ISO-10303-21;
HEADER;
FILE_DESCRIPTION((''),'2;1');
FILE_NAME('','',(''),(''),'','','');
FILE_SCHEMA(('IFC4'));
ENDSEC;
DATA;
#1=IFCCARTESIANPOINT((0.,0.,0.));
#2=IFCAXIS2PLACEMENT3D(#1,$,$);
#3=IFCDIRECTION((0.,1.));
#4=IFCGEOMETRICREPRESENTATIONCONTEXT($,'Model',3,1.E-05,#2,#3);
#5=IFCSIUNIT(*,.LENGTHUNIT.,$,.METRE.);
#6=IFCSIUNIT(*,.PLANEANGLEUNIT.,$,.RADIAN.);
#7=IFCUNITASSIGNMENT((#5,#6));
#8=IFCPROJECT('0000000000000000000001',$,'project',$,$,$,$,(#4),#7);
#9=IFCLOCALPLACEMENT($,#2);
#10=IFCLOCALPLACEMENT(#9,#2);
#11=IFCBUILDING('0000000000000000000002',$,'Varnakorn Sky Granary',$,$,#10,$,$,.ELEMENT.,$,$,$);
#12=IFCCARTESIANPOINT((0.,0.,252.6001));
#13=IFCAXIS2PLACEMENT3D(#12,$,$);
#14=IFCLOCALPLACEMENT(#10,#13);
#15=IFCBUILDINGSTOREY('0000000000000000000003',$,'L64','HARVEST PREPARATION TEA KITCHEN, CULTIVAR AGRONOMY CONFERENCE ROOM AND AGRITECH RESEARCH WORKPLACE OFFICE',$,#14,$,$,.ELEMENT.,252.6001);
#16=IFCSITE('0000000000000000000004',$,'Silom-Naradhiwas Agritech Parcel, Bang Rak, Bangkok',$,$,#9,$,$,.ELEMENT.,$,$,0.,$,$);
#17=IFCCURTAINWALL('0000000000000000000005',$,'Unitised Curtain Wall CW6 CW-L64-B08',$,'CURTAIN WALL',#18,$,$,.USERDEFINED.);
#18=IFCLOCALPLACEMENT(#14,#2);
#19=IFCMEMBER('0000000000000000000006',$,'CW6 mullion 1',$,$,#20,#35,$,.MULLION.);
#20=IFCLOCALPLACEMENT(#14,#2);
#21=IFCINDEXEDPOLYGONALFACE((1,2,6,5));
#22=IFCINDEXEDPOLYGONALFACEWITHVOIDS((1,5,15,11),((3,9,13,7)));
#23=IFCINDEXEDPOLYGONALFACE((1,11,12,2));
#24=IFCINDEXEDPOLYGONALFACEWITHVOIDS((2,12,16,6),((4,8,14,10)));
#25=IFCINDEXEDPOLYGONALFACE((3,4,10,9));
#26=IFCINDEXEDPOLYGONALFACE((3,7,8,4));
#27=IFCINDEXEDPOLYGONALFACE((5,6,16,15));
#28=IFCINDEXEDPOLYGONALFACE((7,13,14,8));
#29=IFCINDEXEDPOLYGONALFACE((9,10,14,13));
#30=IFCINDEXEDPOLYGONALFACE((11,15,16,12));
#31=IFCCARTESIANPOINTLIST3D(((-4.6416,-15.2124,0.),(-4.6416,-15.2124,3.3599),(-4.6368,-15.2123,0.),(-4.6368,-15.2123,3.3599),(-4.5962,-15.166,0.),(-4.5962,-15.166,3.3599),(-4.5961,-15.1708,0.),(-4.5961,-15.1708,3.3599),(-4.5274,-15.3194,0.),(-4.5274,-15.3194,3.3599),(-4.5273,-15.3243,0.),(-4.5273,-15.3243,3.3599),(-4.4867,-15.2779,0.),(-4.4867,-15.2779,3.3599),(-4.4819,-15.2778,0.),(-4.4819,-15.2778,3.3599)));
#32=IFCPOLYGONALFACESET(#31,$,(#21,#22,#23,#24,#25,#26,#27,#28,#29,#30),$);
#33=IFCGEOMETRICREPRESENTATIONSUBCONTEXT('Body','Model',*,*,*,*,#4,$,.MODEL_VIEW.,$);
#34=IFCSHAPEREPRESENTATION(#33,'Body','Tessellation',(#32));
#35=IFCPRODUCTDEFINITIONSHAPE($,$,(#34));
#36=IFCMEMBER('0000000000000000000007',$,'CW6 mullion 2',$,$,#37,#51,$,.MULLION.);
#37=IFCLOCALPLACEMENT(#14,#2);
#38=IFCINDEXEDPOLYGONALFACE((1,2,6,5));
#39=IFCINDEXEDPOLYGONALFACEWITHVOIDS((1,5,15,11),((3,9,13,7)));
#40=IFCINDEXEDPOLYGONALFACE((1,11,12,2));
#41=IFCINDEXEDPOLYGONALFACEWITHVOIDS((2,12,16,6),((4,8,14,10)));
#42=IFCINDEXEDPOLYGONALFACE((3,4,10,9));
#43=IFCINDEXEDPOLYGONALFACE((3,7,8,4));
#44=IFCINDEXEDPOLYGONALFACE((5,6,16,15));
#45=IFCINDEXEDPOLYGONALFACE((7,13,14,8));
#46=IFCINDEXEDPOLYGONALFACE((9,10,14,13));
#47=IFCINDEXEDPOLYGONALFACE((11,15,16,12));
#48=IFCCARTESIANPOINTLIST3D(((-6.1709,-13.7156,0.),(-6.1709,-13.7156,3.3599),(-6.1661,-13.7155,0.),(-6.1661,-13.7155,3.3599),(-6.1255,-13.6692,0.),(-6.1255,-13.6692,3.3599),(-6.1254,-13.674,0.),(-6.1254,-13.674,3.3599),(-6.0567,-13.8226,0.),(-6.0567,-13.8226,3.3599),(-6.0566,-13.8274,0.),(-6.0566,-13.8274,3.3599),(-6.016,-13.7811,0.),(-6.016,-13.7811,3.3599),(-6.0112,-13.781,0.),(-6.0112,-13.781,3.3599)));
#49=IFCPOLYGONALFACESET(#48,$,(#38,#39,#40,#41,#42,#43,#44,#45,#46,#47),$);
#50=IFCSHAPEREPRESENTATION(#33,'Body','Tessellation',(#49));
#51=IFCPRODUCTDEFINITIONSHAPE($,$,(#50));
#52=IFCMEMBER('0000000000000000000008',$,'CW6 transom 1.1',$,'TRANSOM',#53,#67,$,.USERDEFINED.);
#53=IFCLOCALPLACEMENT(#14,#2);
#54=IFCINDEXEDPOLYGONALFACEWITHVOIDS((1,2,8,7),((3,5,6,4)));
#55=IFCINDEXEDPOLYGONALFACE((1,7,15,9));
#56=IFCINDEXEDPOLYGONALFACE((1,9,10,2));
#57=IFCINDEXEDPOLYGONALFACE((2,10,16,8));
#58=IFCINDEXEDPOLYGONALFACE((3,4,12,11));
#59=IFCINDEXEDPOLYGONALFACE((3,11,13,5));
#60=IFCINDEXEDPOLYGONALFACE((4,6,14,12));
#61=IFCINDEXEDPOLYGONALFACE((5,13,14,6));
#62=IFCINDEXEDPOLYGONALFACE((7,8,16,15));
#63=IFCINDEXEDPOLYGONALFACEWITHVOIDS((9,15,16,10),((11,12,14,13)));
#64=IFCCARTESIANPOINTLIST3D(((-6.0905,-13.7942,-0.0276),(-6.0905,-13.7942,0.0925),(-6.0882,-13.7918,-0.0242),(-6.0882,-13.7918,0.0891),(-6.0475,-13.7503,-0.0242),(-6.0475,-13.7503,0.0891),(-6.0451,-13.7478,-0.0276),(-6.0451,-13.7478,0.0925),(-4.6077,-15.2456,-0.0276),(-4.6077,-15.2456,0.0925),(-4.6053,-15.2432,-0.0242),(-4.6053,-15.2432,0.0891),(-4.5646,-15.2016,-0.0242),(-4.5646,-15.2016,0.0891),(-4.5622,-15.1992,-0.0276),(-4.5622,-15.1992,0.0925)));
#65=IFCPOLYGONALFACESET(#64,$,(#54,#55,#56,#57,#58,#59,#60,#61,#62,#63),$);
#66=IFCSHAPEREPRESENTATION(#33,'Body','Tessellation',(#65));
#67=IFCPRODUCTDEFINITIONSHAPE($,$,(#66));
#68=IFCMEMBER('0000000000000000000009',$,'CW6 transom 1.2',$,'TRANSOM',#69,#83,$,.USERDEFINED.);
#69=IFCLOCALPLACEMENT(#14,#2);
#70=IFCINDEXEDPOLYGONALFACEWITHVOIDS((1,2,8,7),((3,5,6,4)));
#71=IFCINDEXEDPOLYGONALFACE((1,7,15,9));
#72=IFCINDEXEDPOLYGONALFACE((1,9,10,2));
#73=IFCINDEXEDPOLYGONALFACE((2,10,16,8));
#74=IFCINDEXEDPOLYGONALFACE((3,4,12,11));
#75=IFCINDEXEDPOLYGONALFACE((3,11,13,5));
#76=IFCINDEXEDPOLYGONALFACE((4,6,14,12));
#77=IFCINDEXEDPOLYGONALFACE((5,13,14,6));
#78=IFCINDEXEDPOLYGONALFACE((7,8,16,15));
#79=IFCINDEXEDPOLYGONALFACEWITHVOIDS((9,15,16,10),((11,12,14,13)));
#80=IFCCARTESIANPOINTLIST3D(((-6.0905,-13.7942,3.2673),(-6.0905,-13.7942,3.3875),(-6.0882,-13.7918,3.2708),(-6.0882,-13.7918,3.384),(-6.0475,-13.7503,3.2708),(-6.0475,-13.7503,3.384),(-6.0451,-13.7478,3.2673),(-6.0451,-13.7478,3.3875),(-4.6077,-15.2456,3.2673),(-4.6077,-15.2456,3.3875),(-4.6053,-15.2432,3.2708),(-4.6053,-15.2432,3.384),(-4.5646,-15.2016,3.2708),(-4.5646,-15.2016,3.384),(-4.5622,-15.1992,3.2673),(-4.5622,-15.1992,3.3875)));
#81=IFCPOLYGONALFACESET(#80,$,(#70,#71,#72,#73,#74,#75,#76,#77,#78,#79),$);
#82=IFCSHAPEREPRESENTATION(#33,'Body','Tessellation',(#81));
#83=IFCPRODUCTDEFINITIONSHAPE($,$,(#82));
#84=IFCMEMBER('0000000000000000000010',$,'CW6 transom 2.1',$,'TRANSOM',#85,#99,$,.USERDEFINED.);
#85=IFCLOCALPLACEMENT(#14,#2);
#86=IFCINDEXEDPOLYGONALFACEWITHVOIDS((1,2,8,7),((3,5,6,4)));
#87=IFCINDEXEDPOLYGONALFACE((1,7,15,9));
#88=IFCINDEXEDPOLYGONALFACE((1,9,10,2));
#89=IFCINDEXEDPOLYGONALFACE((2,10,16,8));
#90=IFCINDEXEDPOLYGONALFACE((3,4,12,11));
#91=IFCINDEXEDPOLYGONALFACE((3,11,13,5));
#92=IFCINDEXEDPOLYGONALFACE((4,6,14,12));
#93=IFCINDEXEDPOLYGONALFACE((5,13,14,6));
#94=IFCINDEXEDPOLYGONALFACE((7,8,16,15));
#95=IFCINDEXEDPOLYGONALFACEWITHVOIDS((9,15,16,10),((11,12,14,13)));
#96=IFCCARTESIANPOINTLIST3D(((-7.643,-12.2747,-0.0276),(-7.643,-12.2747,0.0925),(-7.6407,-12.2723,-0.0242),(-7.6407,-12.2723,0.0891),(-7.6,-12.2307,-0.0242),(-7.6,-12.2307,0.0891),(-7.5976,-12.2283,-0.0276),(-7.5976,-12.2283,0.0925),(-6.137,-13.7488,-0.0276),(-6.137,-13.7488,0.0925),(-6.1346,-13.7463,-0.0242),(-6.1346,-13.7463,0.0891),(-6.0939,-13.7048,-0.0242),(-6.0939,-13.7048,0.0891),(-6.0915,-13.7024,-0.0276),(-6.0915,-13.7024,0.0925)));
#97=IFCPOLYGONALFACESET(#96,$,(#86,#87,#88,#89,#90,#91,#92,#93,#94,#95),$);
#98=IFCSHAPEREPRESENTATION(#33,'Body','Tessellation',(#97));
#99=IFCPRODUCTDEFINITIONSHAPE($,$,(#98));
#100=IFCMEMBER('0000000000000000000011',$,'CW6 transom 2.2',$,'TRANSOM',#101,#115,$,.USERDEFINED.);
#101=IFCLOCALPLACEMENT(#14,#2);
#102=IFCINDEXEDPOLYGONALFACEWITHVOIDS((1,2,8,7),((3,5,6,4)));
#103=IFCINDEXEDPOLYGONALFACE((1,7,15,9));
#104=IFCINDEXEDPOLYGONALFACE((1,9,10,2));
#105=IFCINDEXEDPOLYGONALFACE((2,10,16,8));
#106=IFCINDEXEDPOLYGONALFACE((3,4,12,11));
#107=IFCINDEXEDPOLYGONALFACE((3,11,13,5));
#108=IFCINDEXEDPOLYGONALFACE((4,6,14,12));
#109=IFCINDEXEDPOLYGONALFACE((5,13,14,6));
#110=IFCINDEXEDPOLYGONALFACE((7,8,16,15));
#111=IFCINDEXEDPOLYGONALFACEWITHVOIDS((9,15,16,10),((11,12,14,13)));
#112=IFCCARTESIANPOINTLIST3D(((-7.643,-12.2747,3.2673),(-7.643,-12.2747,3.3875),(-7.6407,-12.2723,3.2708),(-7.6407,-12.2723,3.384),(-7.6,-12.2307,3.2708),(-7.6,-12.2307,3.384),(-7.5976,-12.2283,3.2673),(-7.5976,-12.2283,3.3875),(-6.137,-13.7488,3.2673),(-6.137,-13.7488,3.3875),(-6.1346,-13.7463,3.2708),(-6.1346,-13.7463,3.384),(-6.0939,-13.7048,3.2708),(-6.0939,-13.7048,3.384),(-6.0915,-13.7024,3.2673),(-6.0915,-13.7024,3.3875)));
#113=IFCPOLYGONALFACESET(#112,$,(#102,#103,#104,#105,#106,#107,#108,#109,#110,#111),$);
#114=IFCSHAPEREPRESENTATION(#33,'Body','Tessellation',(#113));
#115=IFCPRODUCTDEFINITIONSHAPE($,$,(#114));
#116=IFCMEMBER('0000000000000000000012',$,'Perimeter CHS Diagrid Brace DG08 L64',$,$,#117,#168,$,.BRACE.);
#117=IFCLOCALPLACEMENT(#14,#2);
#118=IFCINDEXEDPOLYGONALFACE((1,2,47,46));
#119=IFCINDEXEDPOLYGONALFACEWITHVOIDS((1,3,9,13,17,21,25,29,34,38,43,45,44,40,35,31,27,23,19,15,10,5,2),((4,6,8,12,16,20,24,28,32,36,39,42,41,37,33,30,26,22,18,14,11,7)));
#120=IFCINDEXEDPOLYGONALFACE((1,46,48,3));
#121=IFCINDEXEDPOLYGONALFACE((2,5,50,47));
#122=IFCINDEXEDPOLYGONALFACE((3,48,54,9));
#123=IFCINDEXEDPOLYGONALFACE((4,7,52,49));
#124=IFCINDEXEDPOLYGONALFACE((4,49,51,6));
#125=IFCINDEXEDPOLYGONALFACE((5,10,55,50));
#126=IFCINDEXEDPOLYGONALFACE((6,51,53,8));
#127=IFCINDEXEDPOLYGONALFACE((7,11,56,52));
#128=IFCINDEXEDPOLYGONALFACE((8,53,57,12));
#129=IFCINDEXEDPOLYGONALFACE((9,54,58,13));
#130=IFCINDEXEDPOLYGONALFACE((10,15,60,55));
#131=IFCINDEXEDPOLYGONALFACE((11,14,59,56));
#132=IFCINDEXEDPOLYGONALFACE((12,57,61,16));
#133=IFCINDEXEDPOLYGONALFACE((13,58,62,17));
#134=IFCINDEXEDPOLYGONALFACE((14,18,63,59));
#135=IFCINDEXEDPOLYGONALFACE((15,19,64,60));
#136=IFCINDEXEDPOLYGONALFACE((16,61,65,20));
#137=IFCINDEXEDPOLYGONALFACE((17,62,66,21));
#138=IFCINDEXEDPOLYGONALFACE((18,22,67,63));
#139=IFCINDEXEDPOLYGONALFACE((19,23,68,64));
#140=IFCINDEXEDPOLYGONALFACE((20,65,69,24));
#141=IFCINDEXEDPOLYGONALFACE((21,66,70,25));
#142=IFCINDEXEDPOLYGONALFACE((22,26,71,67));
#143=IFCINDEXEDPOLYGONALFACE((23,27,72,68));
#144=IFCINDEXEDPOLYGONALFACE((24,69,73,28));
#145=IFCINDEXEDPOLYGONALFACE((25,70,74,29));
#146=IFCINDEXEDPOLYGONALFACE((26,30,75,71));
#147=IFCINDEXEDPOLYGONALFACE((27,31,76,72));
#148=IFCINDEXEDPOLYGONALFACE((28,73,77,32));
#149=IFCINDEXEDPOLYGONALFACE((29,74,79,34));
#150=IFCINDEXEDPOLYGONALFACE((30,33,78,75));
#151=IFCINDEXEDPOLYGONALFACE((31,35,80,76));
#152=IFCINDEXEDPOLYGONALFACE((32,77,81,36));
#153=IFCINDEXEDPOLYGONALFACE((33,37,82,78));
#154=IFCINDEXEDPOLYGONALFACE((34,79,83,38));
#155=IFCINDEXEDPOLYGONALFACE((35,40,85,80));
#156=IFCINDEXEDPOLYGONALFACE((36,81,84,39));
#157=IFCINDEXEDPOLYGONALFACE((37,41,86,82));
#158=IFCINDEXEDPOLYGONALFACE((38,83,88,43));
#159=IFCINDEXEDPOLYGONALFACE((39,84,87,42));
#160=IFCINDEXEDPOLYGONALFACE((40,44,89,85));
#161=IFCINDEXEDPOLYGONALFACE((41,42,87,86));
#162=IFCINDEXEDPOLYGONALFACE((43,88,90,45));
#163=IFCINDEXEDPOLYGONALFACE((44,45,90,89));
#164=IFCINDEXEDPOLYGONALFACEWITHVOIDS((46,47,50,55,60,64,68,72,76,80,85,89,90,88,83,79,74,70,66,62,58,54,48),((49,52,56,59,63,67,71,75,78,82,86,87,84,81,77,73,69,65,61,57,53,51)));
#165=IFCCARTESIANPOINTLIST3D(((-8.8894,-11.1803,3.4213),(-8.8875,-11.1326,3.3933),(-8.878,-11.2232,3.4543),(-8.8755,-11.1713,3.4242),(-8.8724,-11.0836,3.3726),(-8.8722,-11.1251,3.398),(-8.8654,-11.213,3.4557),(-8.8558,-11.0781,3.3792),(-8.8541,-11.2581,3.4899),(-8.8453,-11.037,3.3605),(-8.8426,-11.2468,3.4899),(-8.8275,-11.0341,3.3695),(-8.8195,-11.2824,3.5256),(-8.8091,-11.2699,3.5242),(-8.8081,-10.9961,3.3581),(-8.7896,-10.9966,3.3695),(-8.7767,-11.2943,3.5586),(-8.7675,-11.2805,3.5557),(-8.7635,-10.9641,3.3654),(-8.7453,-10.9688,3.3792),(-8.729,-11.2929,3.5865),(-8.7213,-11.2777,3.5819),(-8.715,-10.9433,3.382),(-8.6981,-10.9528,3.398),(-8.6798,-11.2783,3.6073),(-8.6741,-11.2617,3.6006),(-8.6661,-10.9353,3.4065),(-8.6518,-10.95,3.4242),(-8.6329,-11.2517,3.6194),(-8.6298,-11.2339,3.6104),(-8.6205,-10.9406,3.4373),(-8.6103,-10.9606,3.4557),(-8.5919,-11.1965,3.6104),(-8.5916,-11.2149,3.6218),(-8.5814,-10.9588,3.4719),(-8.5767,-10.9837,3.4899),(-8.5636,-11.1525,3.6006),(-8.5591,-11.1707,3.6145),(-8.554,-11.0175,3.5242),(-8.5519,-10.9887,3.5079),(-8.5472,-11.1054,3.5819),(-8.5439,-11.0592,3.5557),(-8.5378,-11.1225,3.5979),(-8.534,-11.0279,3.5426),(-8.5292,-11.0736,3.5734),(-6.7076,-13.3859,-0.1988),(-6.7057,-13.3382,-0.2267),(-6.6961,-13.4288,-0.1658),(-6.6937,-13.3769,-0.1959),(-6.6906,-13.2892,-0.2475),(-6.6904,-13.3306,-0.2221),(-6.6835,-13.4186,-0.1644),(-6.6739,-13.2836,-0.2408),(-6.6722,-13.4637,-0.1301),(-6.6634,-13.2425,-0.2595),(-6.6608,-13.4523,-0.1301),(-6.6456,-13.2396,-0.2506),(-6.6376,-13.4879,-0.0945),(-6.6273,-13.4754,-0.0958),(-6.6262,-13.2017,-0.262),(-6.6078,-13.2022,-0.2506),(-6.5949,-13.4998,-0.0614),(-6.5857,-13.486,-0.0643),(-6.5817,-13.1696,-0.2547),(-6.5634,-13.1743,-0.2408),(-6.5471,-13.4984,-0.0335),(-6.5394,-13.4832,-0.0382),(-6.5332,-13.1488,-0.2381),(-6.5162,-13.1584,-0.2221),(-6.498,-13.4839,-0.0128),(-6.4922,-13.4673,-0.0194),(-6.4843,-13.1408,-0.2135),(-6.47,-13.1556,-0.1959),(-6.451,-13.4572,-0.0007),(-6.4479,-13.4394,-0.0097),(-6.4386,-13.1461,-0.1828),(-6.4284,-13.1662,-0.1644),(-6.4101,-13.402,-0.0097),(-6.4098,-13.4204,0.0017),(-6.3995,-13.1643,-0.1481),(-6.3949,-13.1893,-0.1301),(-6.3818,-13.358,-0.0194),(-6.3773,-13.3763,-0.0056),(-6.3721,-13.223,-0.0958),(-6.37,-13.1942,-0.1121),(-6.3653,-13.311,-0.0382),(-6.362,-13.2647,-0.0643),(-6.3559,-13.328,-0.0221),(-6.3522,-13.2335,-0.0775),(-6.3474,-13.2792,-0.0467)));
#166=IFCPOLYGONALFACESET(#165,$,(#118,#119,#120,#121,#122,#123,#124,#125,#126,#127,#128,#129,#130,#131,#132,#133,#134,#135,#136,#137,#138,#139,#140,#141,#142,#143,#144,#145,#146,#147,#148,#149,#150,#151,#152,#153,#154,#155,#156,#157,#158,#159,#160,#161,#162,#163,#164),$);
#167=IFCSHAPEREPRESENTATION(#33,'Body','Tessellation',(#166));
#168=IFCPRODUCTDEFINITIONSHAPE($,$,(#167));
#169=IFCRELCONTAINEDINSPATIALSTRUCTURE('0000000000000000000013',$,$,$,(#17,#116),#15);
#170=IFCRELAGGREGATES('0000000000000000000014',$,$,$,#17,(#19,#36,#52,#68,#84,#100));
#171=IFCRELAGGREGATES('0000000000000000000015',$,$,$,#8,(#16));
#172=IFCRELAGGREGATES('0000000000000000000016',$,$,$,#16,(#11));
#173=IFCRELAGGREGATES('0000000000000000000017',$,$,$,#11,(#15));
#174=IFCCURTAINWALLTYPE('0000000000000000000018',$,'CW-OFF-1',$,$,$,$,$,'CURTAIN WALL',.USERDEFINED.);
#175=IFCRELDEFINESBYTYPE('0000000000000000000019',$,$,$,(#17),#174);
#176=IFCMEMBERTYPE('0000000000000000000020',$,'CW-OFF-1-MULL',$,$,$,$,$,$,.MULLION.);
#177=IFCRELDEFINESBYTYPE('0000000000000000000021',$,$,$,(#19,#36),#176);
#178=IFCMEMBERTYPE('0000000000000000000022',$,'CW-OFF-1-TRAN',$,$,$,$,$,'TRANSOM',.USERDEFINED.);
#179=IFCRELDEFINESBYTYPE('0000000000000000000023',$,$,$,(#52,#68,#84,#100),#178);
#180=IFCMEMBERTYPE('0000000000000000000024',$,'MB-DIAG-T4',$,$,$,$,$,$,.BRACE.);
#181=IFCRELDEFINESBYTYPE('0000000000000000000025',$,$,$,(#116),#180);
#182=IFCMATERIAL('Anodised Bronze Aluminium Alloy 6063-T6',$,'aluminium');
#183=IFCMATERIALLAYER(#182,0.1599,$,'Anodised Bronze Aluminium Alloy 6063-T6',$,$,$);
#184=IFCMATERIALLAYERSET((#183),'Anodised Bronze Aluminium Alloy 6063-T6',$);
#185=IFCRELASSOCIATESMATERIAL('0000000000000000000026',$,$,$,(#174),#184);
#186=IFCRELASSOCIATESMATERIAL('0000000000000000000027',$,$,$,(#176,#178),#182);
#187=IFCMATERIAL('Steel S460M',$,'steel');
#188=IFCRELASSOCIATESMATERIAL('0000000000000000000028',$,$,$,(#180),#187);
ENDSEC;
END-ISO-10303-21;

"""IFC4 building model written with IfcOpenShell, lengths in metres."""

from ifc_helpers import new_model, si_unit, direction, frame, origin, origin_2d, place, context, subcontext, project, spatial, hollow_rectangle, hollow_circle, extrude, material, layer, layer_set, material_profile, profile_set, type_object, element, aggregate, save


model = new_model("IFC4")

# Units and contexts
model_context = context("Model", 3, precision=1e-05, world=origin(), true_north=direction((0.0, 1.0)))
body_context = subcontext(model_context, "Body", "Model", "MODEL_VIEW")
ifc_project = project(units=[si_unit("LENGTHUNIT", "METRE"), si_unit("PLANEANGLEUNIT", "RADIAN")], contexts=[model_context])

# Site, building, storey
site_placement = place(None, origin())
site = spatial("IfcSite", under=ifc_project, at=site_placement, Name="Silom-Naradhiwas Agritech Parcel, Bang Rak, Bangkok", CompositionType="ELEMENT", RefElevation=0.0)
building_placement = place(site_placement, origin())
building = spatial("IfcBuilding", under=site, at=building_placement, Name="Varnakorn Sky Granary", CompositionType="ELEMENT")
storey_placement = place(building_placement, frame((0.0, 0.0, 252.6001)))
storey = spatial("IfcBuildingStorey", under=building, at=storey_placement, Name="L64", Description="HARVEST PREPARATION TEA KITCHEN, CULTIVAR AGRONOMY CONFERENCE ROOM AND AGRITECH RESEARCH WORKPLACE OFFICE", CompositionType="ELEMENT", Elevation=252.6001)

# Shared definitions
ifc_material_1 = material(Name="Steel S460M", Category="steel")

# Curtain wall, members
ifc_material_2 = material(Name="Anodised Bronze Aluminium Alloy 6063-T6", Category="aluminium")
ifc_layer_1 = layer(ifc_material_2, 0.1599, Name="Anodised Bronze Aluminium Alloy 6063-T6")
ifc_layer_set_1 = layer_set([ifc_layer_1], Name="Anodised Bronze Aluminium Alloy 6063-T6")
curtain_wall_type = type_object("IfcCurtainWallType", Name="CW-OFF-1", ElementType="CURTAIN WALL", PredefinedType="USERDEFINED", material=ifc_layer_set_1)
curtain_wall_placement = place(storey_placement, origin())
curtain_wall = element("IfcCurtainWall", 1, at=curtain_wall_placement, inside=storey, type_object=curtain_wall_type, Name="Unitised Curtain Wall CW6 CW-L64-B08", ObjectType="CURTAIN WALL", PredefinedType="USERDEFINED")
ifc_material_profile_1 = material_profile(ifc_material_2, hollow_rectangle(XDim=0.0649, YDim=0.1599, WallThickness=0.0034, at=origin_2d()), Name="ALU MULL 65x160")
ifc_profile_set_1 = profile_set([ifc_material_profile_1], Name="Anodised Bronze Aluminium Alloy 6063-T6")
member_type_1 = type_object("IfcMemberType", Name="CW-OFF-1-MULL", PredefinedType="MULLION", material=ifc_profile_set_1)
member_1_placement = place(storey_placement, frame((-4.5618, -15.2451, 0.0), z_axis=(0.0, 0.0, 1.0), x_axis=(-0.699482, -0.71465, 0.0)))
member_1 = element("IfcMember", 2, at=member_1_placement, type_object=member_type_1, Name="CW6 mullion 1", PredefinedType="MULLION", context=body_context, shape_type="SweptSolid", body=[
    extrude(hollow_rectangle(XDim=0.0649, YDim=0.1599, WallThickness=0.0034, at=origin_2d()), origin(), (0.0, 0.0, 1.0), 3.3599),
])
member_2_placement = place(storey_placement, frame((-6.0911, -13.7483, 0.0), z_axis=(0.0, 0.0, 1.0), x_axis=(-0.699482, -0.71465, 0.0)))
member_2 = element("IfcMember", 3, at=member_2_placement, type_object=member_type_1, Name="CW6 mullion 2", PredefinedType="MULLION", context=body_context, shape_type="SweptSolid", body=[
    extrude(hollow_rectangle(XDim=0.0649, YDim=0.1599, WallThickness=0.0034, at=origin_2d()), origin(), (0.0, 0.0, 1.0), 3.3599),
])
ifc_material_profile_2 = material_profile(ifc_material_2, hollow_rectangle(XDim=0.0649, YDim=0.1201, WallThickness=0.0034, at=origin_2d()), Name="ALU TRAN 65x120")
ifc_profile_set_2 = profile_set([ifc_material_profile_2], Name="Anodised Bronze Aluminium Alloy 6063-T6")
member_type_2 = type_object("IfcMemberType", Name="CW-OFF-1-TRAN", ElementType="TRANSOM", PredefinedType="USERDEFINED", material=ifc_profile_set_2)
member_3_placement = place(storey_placement, frame((-4.585, -15.2224, 0.0325), z_axis=(-0.714655, 0.699477, 0.0), x_axis=(-0.699477, -0.714655, 0.0)))
member_3 = element("IfcMember", 4, at=member_3_placement, type_object=member_type_2, Name="CW6 transom 1.1", ObjectType="TRANSOM", PredefinedType="USERDEFINED", context=body_context, shape_type="SweptSolid", body=[
    extrude(hollow_rectangle(XDim=0.0649, YDim=0.1201, WallThickness=0.0034, at=origin_2d()), origin(), (0.0, 0.0, 1.0), 2.075),
])
member_4_placement = place(storey_placement, frame((-4.585, -15.2224, 3.3274), z_axis=(-0.714655, 0.699477, 0.0), x_axis=(-0.699477, -0.714655, 0.0)))
member_4 = element("IfcMember", 5, at=member_4_placement, type_object=member_type_2, Name="CW6 transom 1.2", ObjectType="TRANSOM", PredefinedType="USERDEFINED", context=body_context, shape_type="SweptSolid", body=[
    extrude(hollow_rectangle(XDim=0.0649, YDim=0.1201, WallThickness=0.0034, at=origin_2d()), origin(), (0.0, 0.0, 1.0), 2.075),
])
member_5_placement = place(storey_placement, frame((-6.1143, -13.7256, 0.0325), z_axis=(-0.714654, 0.699478, 0.0), x_axis=(-0.699478, -0.714654, 0.0)))
member_5 = element("IfcMember", 6, at=member_5_placement, type_object=member_type_2, Name="CW6 transom 2.1", ObjectType="TRANSOM", PredefinedType="USERDEFINED", context=body_context, shape_type="SweptSolid", body=[
    extrude(hollow_rectangle(XDim=0.0649, YDim=0.1201, WallThickness=0.0034, at=origin_2d()), origin(), (0.0, 0.0, 1.0), 2.1074),
])
member_6_placement = place(storey_placement, frame((-6.1143, -13.7256, 3.3274), z_axis=(-0.714654, 0.699478, 0.0), x_axis=(-0.699478, -0.714654, 0.0)))
member_6 = element("IfcMember", 7, at=member_6_placement, type_object=member_type_2, Name="CW6 transom 2.2", ObjectType="TRANSOM", PredefinedType="USERDEFINED", context=body_context, shape_type="SweptSolid", body=[
    extrude(hollow_rectangle(XDim=0.0649, YDim=0.1201, WallThickness=0.0034, at=origin_2d()), origin(), (0.0, 0.0, 1.0), 2.1074),
])

# Member
ifc_material_profile_3 = material_profile(ifc_material_1, hollow_circle(Radius=0.2031, WallThickness=0.0161, at=origin_2d()), Name="CHS 406.4x16")
ifc_profile_set_3 = profile_set([ifc_material_profile_3], Name="Steel S460M")
member_type_3 = type_object("IfcMemberType", Name="MB-DIAG-T4", PredefinedType="BRACE", material=ifc_profile_set_3)
member_7_placement = place(storey_placement, frame((-6.5278, -13.3208, -0.1301), z_axis=(-0.457645, 0.462612, 0.75931), x_axis=(-0.710913, -0.70328, 0.0)))
element("IfcMember", 8, at=member_7_placement, inside=storey, type_object=member_type_3, Name="Perimeter CHS Diagrid Brace DG08 L64", PredefinedType="BRACE", context=body_context, shape_type="SweptSolid", body=[
    extrude(hollow_circle(Radius=0.2031, WallThickness=0.0161, at=origin_2d()), origin(), (0.0, 0.0, 1.0), 4.7676),
])

aggregate(curtain_wall, [member_1, member_2, member_3, member_4, member_5, member_6])

save(model, "model.ifc")
